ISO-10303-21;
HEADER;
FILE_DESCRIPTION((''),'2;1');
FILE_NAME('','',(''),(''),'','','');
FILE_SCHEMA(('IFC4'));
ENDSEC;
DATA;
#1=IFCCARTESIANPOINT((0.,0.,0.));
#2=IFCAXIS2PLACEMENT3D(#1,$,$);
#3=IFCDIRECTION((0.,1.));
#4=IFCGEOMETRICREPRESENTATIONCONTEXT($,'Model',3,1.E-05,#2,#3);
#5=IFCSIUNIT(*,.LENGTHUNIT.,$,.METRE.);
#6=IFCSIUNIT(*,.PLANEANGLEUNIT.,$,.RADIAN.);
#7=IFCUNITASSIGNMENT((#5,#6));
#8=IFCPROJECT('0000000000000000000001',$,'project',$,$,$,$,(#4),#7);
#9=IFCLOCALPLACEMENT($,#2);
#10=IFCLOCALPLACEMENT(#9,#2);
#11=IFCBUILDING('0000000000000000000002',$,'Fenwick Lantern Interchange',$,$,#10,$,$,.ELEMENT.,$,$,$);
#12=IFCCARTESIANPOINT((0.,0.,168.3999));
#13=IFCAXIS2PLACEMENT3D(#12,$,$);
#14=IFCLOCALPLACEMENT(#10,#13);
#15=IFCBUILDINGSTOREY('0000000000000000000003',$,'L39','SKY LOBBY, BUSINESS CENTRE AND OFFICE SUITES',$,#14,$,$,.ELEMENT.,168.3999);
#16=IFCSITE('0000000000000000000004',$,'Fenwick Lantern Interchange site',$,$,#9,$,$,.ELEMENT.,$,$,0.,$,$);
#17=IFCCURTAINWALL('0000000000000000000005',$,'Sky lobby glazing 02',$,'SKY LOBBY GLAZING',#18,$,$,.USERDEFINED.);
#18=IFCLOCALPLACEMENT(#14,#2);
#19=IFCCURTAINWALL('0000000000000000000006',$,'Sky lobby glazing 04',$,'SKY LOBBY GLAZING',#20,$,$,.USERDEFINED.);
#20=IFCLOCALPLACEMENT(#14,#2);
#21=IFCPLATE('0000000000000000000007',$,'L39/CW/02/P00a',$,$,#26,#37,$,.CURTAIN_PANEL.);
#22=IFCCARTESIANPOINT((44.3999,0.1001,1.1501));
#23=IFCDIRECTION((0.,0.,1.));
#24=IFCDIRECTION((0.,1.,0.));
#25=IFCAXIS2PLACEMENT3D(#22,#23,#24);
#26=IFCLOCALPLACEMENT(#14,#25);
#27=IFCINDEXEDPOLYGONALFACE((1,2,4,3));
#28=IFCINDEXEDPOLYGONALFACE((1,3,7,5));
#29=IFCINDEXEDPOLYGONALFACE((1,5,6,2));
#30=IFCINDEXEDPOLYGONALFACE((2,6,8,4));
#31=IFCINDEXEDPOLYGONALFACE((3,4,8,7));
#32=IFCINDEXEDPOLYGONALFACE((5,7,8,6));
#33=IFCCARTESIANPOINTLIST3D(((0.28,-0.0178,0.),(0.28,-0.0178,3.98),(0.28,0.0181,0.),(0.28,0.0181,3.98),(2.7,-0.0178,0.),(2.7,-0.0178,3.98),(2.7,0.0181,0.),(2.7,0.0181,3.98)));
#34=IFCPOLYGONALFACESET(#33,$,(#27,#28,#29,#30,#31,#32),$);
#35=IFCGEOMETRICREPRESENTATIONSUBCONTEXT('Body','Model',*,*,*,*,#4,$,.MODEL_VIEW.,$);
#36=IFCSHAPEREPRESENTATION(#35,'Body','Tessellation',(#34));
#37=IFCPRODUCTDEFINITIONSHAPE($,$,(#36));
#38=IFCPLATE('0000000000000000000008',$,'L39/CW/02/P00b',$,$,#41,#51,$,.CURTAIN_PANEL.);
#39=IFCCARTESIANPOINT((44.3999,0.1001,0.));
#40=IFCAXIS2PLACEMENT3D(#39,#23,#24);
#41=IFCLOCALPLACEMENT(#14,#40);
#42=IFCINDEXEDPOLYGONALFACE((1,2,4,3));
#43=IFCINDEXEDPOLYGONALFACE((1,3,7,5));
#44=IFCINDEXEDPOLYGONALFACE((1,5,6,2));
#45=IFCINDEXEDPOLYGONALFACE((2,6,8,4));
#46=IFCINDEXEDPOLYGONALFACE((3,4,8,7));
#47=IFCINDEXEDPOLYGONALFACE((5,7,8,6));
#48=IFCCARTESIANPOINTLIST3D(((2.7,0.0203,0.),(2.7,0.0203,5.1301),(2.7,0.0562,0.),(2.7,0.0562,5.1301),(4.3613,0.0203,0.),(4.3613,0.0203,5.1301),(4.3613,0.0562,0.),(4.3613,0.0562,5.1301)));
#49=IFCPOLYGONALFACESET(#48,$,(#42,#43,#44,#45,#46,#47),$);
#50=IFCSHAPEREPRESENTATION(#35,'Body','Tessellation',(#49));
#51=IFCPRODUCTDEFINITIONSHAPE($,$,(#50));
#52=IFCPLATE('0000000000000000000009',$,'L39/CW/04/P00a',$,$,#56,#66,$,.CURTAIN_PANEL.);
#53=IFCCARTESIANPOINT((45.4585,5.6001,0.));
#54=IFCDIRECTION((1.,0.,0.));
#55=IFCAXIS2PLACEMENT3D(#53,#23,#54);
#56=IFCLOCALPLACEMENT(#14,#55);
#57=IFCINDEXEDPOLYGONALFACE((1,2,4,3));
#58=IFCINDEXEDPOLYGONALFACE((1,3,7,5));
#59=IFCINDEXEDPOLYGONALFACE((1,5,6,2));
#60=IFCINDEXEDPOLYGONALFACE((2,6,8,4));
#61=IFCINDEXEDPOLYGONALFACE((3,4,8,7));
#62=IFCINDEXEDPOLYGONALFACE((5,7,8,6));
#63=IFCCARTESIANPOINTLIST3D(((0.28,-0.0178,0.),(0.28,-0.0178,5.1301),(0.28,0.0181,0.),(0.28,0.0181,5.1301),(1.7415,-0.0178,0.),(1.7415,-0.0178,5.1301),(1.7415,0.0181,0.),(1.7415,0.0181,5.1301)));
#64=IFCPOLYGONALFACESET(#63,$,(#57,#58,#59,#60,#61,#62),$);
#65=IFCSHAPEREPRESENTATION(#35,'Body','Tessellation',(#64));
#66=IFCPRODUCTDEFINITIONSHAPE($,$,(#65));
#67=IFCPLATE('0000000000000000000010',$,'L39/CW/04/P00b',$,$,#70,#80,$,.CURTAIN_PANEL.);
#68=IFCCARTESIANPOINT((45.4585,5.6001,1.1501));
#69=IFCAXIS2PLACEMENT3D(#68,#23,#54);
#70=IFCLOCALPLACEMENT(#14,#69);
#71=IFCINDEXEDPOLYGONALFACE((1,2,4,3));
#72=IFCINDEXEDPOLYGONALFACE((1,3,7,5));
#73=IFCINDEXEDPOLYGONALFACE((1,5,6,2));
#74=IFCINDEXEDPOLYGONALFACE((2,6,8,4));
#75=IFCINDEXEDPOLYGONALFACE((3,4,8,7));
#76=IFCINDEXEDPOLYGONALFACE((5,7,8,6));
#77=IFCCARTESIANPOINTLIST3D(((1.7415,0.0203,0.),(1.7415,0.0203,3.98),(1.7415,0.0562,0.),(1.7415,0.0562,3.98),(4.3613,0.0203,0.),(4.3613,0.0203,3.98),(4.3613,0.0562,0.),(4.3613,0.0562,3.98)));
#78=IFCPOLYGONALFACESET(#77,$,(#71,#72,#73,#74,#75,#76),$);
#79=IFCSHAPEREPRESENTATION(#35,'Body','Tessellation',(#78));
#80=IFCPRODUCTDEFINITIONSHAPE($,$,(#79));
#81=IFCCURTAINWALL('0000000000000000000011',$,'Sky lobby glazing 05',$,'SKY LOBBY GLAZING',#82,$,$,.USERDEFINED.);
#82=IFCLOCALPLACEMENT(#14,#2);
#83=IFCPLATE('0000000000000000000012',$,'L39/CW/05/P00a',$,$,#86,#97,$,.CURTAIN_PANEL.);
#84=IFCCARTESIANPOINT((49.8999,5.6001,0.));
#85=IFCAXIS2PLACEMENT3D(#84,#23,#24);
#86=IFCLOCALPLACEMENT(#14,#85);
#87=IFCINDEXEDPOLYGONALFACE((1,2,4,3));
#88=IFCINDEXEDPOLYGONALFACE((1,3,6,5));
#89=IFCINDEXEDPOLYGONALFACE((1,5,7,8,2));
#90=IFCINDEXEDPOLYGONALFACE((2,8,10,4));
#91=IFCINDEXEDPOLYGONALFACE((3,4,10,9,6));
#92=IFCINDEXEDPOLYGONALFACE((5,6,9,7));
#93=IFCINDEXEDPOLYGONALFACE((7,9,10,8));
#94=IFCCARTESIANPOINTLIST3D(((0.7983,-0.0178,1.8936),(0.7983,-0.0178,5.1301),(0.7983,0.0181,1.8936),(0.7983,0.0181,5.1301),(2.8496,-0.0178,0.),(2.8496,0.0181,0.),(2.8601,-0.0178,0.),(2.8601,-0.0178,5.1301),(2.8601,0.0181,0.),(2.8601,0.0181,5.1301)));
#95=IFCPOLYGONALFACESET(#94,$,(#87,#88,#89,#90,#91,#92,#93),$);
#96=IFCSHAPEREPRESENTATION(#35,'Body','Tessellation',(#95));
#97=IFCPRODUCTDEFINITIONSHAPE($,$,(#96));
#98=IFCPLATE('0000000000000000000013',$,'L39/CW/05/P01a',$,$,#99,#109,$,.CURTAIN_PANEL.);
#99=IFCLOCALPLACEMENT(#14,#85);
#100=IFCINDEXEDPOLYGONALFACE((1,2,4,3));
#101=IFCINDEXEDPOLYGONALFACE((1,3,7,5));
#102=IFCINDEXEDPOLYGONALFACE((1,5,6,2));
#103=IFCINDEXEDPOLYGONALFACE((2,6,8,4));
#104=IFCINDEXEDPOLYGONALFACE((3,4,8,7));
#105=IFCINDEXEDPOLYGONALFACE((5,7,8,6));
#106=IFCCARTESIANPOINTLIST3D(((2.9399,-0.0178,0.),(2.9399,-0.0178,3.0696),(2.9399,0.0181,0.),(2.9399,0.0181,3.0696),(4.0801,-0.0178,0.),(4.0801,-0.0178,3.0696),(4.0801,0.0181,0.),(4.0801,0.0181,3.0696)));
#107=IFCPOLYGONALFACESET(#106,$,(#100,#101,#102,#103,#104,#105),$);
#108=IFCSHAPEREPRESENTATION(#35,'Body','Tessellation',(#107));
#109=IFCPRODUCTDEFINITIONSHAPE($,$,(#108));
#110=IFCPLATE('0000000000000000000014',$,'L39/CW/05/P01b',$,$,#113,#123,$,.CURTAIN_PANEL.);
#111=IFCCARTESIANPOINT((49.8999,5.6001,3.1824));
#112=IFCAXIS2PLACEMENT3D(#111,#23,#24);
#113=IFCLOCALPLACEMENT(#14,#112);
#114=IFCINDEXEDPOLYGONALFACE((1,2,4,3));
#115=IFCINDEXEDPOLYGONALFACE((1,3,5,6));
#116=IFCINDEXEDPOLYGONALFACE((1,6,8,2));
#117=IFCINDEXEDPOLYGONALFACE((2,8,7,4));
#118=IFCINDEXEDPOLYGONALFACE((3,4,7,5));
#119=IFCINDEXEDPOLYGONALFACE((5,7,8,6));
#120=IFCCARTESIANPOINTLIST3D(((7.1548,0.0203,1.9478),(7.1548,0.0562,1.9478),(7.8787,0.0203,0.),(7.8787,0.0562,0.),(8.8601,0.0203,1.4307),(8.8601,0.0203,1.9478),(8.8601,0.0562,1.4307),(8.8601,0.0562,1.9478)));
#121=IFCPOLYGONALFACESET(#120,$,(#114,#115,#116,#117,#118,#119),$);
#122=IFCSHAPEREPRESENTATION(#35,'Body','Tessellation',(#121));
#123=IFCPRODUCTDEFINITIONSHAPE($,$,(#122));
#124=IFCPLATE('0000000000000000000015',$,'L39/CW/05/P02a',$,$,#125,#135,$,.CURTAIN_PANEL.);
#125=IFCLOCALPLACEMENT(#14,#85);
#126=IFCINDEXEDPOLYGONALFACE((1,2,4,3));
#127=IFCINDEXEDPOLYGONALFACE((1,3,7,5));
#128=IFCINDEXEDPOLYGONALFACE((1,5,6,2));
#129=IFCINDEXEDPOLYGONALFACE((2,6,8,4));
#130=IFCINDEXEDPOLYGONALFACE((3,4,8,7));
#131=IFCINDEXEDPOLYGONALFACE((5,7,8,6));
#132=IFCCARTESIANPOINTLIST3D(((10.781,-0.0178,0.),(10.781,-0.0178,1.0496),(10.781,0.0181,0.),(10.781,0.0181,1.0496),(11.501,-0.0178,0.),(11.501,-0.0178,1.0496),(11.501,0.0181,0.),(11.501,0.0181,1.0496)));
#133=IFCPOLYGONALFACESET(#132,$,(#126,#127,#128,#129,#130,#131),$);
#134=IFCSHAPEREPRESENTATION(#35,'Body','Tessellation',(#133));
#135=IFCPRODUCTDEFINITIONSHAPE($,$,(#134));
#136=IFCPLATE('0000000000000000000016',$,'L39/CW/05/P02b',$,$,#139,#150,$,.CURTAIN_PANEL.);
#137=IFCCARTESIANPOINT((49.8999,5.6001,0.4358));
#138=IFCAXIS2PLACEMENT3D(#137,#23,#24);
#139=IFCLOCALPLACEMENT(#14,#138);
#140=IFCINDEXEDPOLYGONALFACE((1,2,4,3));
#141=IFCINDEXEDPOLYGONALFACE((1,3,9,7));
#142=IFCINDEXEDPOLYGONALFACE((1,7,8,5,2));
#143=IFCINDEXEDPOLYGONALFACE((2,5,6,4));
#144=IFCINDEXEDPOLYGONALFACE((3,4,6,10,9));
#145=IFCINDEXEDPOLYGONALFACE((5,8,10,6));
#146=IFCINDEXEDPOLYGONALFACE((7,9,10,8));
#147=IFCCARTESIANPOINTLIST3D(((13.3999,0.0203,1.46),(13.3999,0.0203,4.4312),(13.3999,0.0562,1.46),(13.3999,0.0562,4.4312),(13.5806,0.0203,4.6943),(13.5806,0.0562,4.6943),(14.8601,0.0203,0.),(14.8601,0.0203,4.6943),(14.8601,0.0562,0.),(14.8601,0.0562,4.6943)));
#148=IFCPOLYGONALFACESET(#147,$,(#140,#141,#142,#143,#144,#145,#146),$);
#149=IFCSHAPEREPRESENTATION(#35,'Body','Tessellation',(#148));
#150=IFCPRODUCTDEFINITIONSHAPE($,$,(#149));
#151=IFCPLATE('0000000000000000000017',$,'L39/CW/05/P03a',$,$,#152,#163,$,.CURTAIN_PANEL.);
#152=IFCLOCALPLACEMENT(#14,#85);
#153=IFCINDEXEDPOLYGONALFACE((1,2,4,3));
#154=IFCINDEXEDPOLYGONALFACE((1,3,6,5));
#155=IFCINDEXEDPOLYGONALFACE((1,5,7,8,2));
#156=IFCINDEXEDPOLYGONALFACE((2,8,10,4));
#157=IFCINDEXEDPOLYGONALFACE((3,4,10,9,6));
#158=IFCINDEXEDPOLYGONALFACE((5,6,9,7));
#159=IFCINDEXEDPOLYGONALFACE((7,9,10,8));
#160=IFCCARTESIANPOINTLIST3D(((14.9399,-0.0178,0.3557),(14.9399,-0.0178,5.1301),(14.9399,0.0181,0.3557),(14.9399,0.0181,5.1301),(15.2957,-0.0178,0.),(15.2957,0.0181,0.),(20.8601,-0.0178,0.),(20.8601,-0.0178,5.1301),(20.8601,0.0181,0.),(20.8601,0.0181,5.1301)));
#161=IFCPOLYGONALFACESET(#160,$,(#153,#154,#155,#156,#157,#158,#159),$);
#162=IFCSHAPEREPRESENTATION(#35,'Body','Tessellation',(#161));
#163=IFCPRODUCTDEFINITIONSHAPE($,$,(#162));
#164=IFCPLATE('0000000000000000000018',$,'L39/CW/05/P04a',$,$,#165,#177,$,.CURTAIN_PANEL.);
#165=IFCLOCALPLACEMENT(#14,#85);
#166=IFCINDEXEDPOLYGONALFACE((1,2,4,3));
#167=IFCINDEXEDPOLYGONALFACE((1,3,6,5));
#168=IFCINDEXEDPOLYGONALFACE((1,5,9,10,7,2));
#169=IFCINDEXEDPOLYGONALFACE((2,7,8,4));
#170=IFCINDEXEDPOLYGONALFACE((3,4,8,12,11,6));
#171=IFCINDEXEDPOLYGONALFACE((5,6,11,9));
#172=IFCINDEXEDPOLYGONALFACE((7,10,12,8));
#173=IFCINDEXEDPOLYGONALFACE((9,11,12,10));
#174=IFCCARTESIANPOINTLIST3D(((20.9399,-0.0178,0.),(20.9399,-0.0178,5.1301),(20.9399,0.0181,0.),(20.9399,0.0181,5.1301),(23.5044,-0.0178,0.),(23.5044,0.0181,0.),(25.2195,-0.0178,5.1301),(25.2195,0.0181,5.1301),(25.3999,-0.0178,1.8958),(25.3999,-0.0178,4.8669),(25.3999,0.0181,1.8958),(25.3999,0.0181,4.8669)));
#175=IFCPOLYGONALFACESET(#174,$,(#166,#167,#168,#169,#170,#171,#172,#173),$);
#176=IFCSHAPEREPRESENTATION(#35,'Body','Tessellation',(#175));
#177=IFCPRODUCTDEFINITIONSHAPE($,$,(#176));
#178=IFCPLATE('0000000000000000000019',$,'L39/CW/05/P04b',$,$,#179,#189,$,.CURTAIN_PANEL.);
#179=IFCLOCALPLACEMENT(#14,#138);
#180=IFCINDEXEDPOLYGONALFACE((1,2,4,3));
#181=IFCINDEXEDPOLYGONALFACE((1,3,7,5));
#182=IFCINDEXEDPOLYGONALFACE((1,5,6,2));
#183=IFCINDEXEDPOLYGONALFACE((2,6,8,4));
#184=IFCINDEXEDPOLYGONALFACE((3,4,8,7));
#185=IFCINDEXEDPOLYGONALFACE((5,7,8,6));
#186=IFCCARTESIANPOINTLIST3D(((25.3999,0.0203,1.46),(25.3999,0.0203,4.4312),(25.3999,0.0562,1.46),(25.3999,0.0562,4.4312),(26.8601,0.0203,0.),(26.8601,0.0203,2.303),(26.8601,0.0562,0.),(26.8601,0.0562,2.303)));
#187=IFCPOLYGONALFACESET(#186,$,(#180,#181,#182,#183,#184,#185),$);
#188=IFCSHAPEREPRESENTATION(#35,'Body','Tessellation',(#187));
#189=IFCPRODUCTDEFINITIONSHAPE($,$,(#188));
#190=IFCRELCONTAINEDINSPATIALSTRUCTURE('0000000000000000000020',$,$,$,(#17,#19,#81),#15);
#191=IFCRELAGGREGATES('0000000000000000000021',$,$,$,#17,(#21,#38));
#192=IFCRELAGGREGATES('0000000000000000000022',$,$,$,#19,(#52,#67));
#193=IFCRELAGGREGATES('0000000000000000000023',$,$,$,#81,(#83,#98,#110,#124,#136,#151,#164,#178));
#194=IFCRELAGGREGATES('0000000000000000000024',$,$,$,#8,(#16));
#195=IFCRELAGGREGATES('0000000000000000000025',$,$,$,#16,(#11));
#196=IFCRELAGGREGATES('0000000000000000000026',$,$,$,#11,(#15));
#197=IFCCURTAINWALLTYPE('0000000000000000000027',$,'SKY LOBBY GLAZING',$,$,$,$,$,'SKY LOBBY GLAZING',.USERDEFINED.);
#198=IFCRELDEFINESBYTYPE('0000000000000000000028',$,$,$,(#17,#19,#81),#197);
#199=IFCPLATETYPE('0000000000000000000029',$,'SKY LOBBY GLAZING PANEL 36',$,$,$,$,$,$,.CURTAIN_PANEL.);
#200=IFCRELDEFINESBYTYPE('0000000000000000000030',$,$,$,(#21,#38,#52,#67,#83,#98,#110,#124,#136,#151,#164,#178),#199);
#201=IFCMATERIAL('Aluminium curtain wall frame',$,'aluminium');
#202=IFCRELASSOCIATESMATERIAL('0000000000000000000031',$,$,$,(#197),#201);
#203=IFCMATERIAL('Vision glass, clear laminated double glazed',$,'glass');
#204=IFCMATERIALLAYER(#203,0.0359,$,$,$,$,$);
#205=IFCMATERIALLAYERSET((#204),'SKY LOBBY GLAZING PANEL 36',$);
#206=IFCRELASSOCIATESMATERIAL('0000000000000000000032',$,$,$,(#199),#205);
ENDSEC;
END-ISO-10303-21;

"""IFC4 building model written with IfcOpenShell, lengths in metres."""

from ifc_helpers import new_model, si_unit, direction, frame, origin, place, context, subcontext, project, spatial, polyline, outline, extrude, material, layer, layer_set, type_object, element, aggregate, save


model = new_model("IFC4")

# Units and contexts
model_context = context("Model", 3, precision=1e-05, world=origin(), true_north=direction((0.0, 1.0)))
body_context = subcontext(model_context, "Body", "Model", "MODEL_VIEW")
ifc_project = project(units=[si_unit("LENGTHUNIT", "METRE"), si_unit("PLANEANGLEUNIT", "RADIAN")], contexts=[model_context])

# Site, building, storey
site_placement = place(None, origin())
site = spatial("IfcSite", under=ifc_project, at=site_placement, Name="Fenwick Lantern Interchange site", CompositionType="ELEMENT", RefElevation=0.0)
building_placement = place(site_placement, origin())
building = spatial("IfcBuilding", under=site, at=building_placement, Name="Fenwick Lantern Interchange", CompositionType="ELEMENT")
storey_placement = place(building_placement, frame((0.0, 0.0, 168.3999)))
storey = spatial("IfcBuildingStorey", under=building, at=storey_placement, Name="L39", Description="SKY LOBBY, BUSINESS CENTRE AND OFFICE SUITES", CompositionType="ELEMENT", Elevation=168.3999)

# Curtain walls
ifc_material_1 = material(Name="Aluminium curtain wall frame", Category="aluminium")
curtain_wall_type = type_object("IfcCurtainWallType", Name="SKY LOBBY GLAZING", ElementType="SKY LOBBY GLAZING", PredefinedType="USERDEFINED", material=ifc_material_1)
curtain_wall_1_placement = place(storey_placement, origin())
curtain_wall_1 = element("IfcCurtainWall", 1, at=curtain_wall_1_placement, inside=storey, type_object=curtain_wall_type, Name="Sky lobby glazing 02", ObjectType="SKY LOBBY GLAZING", PredefinedType="USERDEFINED")
curtain_wall_2_placement = place(storey_placement, origin())
curtain_wall_2 = element("IfcCurtainWall", 2, at=curtain_wall_2_placement, inside=storey, type_object=curtain_wall_type, Name="Sky lobby glazing 04", ObjectType="SKY LOBBY GLAZING", PredefinedType="USERDEFINED")

# Plates
ifc_material_2 = material(Name="Vision glass, clear laminated double glazed", Category="glass")
ifc_layer_1 = layer(ifc_material_2, 0.0359)
ifc_layer_set_1 = layer_set([ifc_layer_1], Name="SKY LOBBY GLAZING PANEL 36")
plate_type = type_object("IfcPlateType", Name="SKY LOBBY GLAZING PANEL 36", PredefinedType="CURTAIN_PANEL", material=ifc_layer_set_1)
plate_1_placement = place(storey_placement, frame((44.3999, 0.1001, 1.1501), z_axis=(0.0, 0.0, 1.0), x_axis=(0.0, 1.0, 0.0)))
plate_1 = element("IfcPlate", 3, at=plate_1_placement, type_object=plate_type, Name="L39/CW/02/P00a", PredefinedType="CURTAIN_PANEL", context=body_context, shape_type="SweptSolid", body=[
    extrude(outline(polyline([(0.28, 0.0), (2.7, 0.0), (2.7, 3.98), (0.28, 3.98), (0.28, 0.0)])), frame((0.0, 0.0181, 0.0), z_axis=(0.0, -1.0, 0.0), x_axis=(1.0, 0.0, 0.0)), (0.0, 0.0, 1.0), 0.0359),
])
plate_2_placement = place(storey_placement, frame((44.3999, 0.1001, 0.0), z_axis=(0.0, 0.0, 1.0), x_axis=(0.0, 1.0, 0.0)))
plate_2 = element("IfcPlate", 4, at=plate_2_placement, type_object=plate_type, Name="L39/CW/02/P00b", PredefinedType="CURTAIN_PANEL", context=body_context, shape_type="SweptSolid", body=[
    extrude(outline(polyline([(2.7, 0.0), (4.3613, 0.0), (4.3613, 5.1301), (2.7, 5.1301), (2.7, 0.0)])), frame((0.0, 0.0562, 0.0), z_axis=(0.0, -1.0, 0.0), x_axis=(1.0, 0.0, 0.0)), (0.0, 0.0, 1.0), 0.0359),
])
aggregate(curtain_wall_1, [plate_1, plate_2])
plate_3_placement = place(storey_placement, frame((45.4585, 5.6001, 0.0), z_axis=(0.0, 0.0, 1.0), x_axis=(1.0, 0.0, 0.0)))
plate_3 = element("IfcPlate", 5, at=plate_3_placement, type_object=plate_type, Name="L39/CW/04/P00a", PredefinedType="CURTAIN_PANEL", context=body_context, shape_type="SweptSolid", body=[
    extrude(outline(polyline([(0.28, 0.0), (1.7415, 0.0), (1.7415, 5.1301), (0.28, 5.1301), (0.28, 0.0)])), frame((0.0, 0.0181, 0.0), z_axis=(0.0, -1.0, 0.0), x_axis=(1.0, 0.0, 0.0)), (0.0, 0.0, 1.0), 0.0359),
])
plate_4_placement = place(storey_placement, frame((45.4585, 5.6001, 1.1501), z_axis=(0.0, 0.0, 1.0), x_axis=(1.0, 0.0, 0.0)))
plate_4 = element("IfcPlate", 6, at=plate_4_placement, type_object=plate_type, Name="L39/CW/04/P00b", PredefinedType="CURTAIN_PANEL", context=body_context, shape_type="SweptSolid", body=[
    extrude(outline(polyline([(1.7415, 0.0), (4.3613, 0.0), (4.3613, 3.98), (1.7415, 3.98), (1.7415, 0.0)])), frame((0.0, 0.0562, 0.0), z_axis=(0.0, -1.0, 0.0), x_axis=(1.0, 0.0, 0.0)), (0.0, 0.0, 1.0), 0.0359),
])
aggregate(curtain_wall_2, [plate_3, plate_4])

# Curtain wall, plates
curtain_wall_3_placement = place(storey_placement, origin())
curtain_wall_3 = element("IfcCurtainWall", 7, at=curtain_wall_3_placement, inside=storey, type_object=curtain_wall_type, Name="Sky lobby glazing 05", ObjectType="SKY LOBBY GLAZING", PredefinedType="USERDEFINED")
plate_5_placement = place(storey_placement, frame((49.8999, 5.6001, 0.0), z_axis=(0.0, 0.0, 1.0), x_axis=(0.0, 1.0, 0.0)))
plate_5 = element("IfcPlate", 8, at=plate_5_placement, type_object=plate_type, Name="L39/CW/05/P00a", PredefinedType="CURTAIN_PANEL", context=body_context, shape_type="SweptSolid", body=[
    extrude(outline(polyline([(2.8496, 0.0), (2.8601, 0.0), (2.8601, 5.1301), (0.7983, 5.1301), (0.7983, 1.8936), (2.8496, 0.0)])), frame((0.0, 0.0181, 0.0), z_axis=(0.0, -1.0, 0.0), x_axis=(1.0, 0.0, 0.0)), (0.0, 0.0, 1.0), 0.0359),
])
plate_6_placement = place(storey_placement, frame((49.8999, 5.6001, 0.0), z_axis=(0.0, 0.0, 1.0), x_axis=(0.0, 1.0, 0.0)))
plate_6 = element("IfcPlate", 9, at=plate_6_placement, type_object=plate_type, Name="L39/CW/05/P01a", PredefinedType="CURTAIN_PANEL", context=body_context, shape_type="SweptSolid", body=[
    extrude(outline(polyline([(2.9399, 0.0), (4.0801, 0.0), (4.0801, 3.0696), (2.9399, 3.0696), (2.9399, 0.0)])), frame((0.0, 0.0181, 0.0), z_axis=(0.0, -1.0, 0.0), x_axis=(1.0, 0.0, 0.0)), (0.0, 0.0, 1.0), 0.0359),
])
plate_7_placement = place(storey_placement, frame((49.8999, 5.6001, 3.1824), z_axis=(0.0, 0.0, 1.0), x_axis=(0.0, 1.0, 0.0)))
plate_7 = element("IfcPlate", 10, at=plate_7_placement, type_object=plate_type, Name="L39/CW/05/P01b", PredefinedType="CURTAIN_PANEL", context=body_context, shape_type="SweptSolid", body=[
    extrude(outline(polyline([(7.8787, 0.0), (8.8601, 1.4307), (8.8601, 1.9478), (7.1548, 1.9478), (7.8787, 0.0)])), frame((0.0, 0.0562, 0.0), z_axis=(0.0, -1.0, 0.0), x_axis=(1.0, 0.0, 0.0)), (0.0, 0.0, 1.0), 0.0359),
])
plate_8_placement = place(storey_placement, frame((49.8999, 5.6001, 0.0), z_axis=(0.0, 0.0, 1.0), x_axis=(0.0, 1.0, 0.0)))
plate_8 = element("IfcPlate", 11, at=plate_8_placement, type_object=plate_type, Name="L39/CW/05/P02a", PredefinedType="CURTAIN_PANEL", context=body_context, shape_type="SweptSolid", body=[
    extrude(outline(polyline([(10.781, 0.0), (11.501, 0.0), (11.501, 1.0496), (10.781, 1.0496), (10.781, 0.0)])), frame((0.0, 0.0181, 0.0), z_axis=(0.0, -1.0, 0.0), x_axis=(1.0, 0.0, 0.0)), (0.0, 0.0, 1.0), 0.0359),
])
plate_9_placement = place(storey_placement, frame((49.8999, 5.6001, 0.4358), z_axis=(0.0, 0.0, 1.0), x_axis=(0.0, 1.0, 0.0)))
plate_9 = element("IfcPlate", 12, at=plate_9_placement, type_object=plate_type, Name="L39/CW/05/P02b", PredefinedType="CURTAIN_PANEL", context=body_context, shape_type="SweptSolid", body=[
    extrude(outline(polyline([(14.8601, 0.0), (14.8601, 4.6943), (13.5806, 4.6943), (13.3999, 4.4312), (13.3999, 1.46), (14.8601, 0.0)])), frame((0.0, 0.0562, 0.0), z_axis=(0.0, -1.0, 0.0), x_axis=(1.0, 0.0, 0.0)), (0.0, 0.0, 1.0), 0.0359),
])
plate_10_placement = place(storey_placement, frame((49.8999, 5.6001, 0.0), z_axis=(0.0, 0.0, 1.0), x_axis=(0.0, 1.0, 0.0)))
plate_10 = element("IfcPlate", 13, at=plate_10_placement, type_object=plate_type, Name="L39/CW/05/P03a", PredefinedType="CURTAIN_PANEL", context=body_context, shape_type="SweptSolid", body=[
    extrude(outline(polyline([(15.2957, 0.0), (20.8601, 0.0), (20.8601, 5.1301), (14.9399, 5.1301), (14.9399, 0.3557), (15.2957, 0.0)])), frame((0.0, 0.0181, 0.0), z_axis=(0.0, -1.0, 0.0), x_axis=(1.0, 0.0, 0.0)), (0.0, 0.0, 1.0), 0.0359),
])
plate_11_placement = place(storey_placement, frame((49.8999, 5.6001, 0.0), z_axis=(0.0, 0.0, 1.0), x_axis=(0.0, 1.0, 0.0)))
plate_11 = element("IfcPlate", 14, at=plate_11_placement, type_object=plate_type, Name="L39/CW/05/P04a", PredefinedType="CURTAIN_PANEL", context=body_context, shape_type="SweptSolid", body=[
    extrude(outline(polyline([(20.9399, 0.0), (23.5044, 0.0), (25.3999, 1.8958), (25.3999, 4.8669), (25.2195, 5.1301), (20.9399, 5.1301), (20.9399, 0.0)])), frame((0.0, 0.0181, 0.0), z_axis=(0.0, -1.0, 0.0), x_axis=(1.0, 0.0, 0.0)), (0.0, 0.0, 1.0), 0.0359),
])
plate_12_placement = place(storey_placement, frame((49.8999, 5.6001, 0.4358), z_axis=(0.0, 0.0, 1.0), x_axis=(0.0, 1.0, 0.0)))
plate_12 = element("IfcPlate", 15, at=plate_12_placement, type_object=plate_type, Name="L39/CW/05/P04b", PredefinedType="CURTAIN_PANEL", context=body_context, shape_type="SweptSolid", body=[
    extrude(outline(polyline([(26.8601, 0.0), (26.8601, 2.303), (25.3999, 4.4312), (25.3999, 1.46), (26.8601, 0.0)])), frame((0.0, 0.0562, 0.0), z_axis=(0.0, -1.0, 0.0), x_axis=(1.0, 0.0, 0.0)), (0.0, 0.0, 1.0), 0.0359),
])
aggregate(curtain_wall_3, [plate_5, plate_6, plate_7, plate_8, plate_9, plate_10, plate_11, plate_12])

save(model, "model.ifc")
